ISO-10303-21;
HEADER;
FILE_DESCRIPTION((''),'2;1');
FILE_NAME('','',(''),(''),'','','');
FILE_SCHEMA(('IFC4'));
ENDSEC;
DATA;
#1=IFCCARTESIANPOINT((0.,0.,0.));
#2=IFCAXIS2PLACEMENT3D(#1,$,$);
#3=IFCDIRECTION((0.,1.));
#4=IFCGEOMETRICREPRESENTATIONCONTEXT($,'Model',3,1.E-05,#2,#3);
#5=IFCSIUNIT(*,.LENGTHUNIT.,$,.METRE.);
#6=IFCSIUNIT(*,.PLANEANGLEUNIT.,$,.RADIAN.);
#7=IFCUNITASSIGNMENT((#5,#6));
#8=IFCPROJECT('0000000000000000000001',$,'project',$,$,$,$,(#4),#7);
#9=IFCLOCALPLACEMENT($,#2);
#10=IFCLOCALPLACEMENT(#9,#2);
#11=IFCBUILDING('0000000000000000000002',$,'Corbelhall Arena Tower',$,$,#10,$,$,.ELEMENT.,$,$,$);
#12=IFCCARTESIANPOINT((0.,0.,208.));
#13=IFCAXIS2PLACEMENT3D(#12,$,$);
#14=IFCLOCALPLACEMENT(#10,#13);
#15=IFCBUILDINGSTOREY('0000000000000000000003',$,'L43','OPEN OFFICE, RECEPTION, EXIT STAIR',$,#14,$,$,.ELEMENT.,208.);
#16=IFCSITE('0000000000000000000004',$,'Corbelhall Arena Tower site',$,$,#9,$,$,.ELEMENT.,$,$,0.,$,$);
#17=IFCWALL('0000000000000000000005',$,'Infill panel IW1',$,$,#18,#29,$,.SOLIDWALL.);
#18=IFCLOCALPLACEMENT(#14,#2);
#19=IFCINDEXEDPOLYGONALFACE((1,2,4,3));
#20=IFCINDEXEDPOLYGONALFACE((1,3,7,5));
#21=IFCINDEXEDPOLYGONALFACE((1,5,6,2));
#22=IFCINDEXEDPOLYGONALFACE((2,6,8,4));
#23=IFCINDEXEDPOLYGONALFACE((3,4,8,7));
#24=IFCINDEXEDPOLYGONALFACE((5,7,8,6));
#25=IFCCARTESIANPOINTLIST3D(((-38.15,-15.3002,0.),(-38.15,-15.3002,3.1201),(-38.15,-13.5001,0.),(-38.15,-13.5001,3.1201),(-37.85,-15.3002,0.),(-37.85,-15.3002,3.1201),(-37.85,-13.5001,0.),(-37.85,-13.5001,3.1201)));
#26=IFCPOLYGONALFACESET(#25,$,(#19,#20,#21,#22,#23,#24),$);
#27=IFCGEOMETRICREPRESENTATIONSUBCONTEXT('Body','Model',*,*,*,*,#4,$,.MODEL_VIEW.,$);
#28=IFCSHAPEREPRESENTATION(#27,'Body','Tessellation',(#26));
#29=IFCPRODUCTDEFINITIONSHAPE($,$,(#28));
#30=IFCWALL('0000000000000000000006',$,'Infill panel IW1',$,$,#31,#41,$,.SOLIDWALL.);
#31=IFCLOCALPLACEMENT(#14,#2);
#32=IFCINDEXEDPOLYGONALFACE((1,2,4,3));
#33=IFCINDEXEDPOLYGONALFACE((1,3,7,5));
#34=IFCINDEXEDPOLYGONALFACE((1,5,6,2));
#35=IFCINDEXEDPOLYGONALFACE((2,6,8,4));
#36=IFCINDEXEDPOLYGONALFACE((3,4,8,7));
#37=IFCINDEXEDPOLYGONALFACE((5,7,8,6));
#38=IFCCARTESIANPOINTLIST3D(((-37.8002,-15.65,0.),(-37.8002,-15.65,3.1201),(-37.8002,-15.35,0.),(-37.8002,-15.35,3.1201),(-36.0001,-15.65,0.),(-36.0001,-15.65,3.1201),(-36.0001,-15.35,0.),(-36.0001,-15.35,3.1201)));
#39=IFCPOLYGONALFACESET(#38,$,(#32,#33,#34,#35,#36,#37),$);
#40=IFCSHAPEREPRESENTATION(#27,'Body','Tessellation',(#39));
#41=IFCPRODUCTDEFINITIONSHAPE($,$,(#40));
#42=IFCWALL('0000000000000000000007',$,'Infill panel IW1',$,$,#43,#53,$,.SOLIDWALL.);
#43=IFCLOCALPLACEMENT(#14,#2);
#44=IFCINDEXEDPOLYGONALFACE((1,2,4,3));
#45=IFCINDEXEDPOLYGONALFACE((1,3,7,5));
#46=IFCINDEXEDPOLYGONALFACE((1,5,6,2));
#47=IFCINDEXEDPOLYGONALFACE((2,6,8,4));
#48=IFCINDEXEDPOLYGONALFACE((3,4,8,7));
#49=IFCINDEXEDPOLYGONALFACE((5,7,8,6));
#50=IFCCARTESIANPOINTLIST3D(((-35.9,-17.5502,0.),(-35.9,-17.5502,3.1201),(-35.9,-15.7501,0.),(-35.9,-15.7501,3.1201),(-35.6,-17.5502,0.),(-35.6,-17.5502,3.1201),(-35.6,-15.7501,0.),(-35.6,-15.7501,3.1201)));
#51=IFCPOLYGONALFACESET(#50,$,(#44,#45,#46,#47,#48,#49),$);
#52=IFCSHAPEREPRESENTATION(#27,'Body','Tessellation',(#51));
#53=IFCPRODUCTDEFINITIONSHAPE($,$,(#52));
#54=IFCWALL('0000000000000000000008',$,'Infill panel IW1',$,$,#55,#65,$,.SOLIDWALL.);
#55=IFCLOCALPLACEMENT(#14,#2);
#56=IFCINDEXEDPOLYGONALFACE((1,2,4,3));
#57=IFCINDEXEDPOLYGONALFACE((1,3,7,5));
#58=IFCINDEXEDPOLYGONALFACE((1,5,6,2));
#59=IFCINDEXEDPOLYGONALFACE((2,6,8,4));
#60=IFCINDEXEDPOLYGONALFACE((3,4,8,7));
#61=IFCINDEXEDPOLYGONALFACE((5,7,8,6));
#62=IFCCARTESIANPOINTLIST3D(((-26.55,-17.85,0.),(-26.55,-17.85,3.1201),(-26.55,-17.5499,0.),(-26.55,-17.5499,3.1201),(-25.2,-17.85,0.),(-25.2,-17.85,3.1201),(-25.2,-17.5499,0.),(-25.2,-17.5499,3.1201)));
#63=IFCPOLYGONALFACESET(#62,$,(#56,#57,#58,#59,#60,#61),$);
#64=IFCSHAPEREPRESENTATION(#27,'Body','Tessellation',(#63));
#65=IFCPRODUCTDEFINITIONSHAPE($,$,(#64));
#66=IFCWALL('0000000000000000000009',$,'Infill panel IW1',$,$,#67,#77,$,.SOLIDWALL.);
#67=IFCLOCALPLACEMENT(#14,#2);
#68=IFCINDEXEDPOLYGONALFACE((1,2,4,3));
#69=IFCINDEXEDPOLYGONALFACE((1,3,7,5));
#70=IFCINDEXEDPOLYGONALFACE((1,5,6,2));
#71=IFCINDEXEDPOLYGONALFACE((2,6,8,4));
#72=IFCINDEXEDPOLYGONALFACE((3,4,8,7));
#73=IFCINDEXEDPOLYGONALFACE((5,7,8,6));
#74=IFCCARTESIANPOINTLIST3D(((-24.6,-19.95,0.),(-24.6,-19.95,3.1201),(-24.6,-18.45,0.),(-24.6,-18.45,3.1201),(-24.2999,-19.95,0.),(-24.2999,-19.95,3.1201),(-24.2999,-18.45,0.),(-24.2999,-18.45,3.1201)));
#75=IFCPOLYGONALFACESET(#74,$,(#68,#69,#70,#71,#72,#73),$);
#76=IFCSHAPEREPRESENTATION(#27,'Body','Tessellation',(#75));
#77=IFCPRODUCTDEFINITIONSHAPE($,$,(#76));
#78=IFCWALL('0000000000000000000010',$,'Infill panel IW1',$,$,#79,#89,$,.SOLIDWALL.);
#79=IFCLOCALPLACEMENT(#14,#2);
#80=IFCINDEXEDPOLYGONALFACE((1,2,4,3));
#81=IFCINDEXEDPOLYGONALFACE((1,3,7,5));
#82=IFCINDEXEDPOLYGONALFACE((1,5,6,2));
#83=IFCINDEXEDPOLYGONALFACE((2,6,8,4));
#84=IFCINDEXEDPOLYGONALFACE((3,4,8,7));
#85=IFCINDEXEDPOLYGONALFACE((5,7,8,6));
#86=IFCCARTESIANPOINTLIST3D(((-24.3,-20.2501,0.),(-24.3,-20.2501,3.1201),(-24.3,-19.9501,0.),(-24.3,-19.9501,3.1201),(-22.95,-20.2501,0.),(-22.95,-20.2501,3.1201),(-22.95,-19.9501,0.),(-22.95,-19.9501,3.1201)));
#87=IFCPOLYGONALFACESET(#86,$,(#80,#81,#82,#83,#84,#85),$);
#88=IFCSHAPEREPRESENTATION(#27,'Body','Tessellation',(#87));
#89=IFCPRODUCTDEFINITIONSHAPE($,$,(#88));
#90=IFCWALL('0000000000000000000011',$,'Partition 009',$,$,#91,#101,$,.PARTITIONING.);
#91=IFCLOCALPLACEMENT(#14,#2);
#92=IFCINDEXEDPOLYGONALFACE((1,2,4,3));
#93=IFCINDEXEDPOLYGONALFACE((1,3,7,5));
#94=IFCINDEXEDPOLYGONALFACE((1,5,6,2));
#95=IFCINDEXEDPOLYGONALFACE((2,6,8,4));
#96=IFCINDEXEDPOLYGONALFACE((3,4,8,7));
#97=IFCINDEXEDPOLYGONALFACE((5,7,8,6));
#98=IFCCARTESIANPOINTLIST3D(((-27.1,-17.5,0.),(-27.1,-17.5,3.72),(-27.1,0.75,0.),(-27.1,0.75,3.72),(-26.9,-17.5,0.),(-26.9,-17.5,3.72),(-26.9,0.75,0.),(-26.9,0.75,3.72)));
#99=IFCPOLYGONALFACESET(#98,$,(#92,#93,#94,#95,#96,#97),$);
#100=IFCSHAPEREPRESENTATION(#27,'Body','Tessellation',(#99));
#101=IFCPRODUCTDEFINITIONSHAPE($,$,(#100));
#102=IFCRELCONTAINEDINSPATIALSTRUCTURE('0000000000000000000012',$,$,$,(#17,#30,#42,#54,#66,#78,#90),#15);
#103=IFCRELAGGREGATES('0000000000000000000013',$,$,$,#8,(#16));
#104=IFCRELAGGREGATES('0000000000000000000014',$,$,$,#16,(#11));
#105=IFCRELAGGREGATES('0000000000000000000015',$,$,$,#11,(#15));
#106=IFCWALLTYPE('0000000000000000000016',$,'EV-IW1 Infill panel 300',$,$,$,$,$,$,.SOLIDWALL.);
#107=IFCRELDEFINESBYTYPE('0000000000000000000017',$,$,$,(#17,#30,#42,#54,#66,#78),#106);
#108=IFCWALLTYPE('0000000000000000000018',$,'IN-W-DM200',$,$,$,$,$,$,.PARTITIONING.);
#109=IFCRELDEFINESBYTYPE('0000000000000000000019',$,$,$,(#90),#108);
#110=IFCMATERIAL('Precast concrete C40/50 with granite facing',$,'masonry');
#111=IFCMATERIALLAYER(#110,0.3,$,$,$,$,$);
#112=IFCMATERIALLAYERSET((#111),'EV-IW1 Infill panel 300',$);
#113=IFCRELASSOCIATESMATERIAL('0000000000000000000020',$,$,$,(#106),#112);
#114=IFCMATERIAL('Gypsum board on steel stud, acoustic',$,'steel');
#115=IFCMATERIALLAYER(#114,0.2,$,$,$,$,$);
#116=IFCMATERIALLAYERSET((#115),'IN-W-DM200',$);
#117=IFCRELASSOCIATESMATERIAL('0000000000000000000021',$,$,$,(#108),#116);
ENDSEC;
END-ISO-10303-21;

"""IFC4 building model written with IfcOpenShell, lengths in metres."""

from ifc_helpers import new_model, si_unit, direction, frame, frame_2d, origin, place, context, subcontext, project, spatial, rectangle, extrude, material, layer, layer_set, type_object, element, save


model = new_model("IFC4")

# Units and contexts
model_context = context("Model", 3, precision=1e-05, world=origin(), true_north=direction((0.0, 1.0)))
body_context = subcontext(model_context, "Body", "Model", "MODEL_VIEW")
ifc_project = project(units=[si_unit("LENGTHUNIT", "METRE"), si_unit("PLANEANGLEUNIT", "RADIAN")], contexts=[model_context])

# Site, building, storey
site_placement = place(None, origin())
site = spatial("IfcSite", under=ifc_project, at=site_placement, Name="Corbelhall Arena Tower site", CompositionType="ELEMENT", RefElevation=0.0)
building_placement = place(site_placement, origin())
building = spatial("IfcBuilding", under=site, at=building_placement, Name="Corbelhall Arena Tower", CompositionType="ELEMENT")
storey_placement = place(building_placement, frame((0.0, 0.0, 208.0)))
storey = spatial("IfcBuildingStorey", under=building, at=storey_placement, Name="L43", Description="OPEN OFFICE, RECEPTION, EXIT STAIR", CompositionType="ELEMENT", Elevation=208.0)

# Walls
ifc_material_1 = material(Name="Precast concrete C40/50 with granite facing", Category="masonry")
ifc_layer_1 = layer(ifc_material_1, 0.3)
ifc_layer_set_1 = layer_set([ifc_layer_1], Name="EV-IW1 Infill panel 300")
wall_type_1 = type_object("IfcWallType", Name="EV-IW1 Infill panel 300", PredefinedType="SOLIDWALL", material=ifc_layer_set_1)
for number, where, z_axis, x_axis, name in (
    (1, (-38.0, -15.3, 0.0), (0.0, 0.0, 1.0), (0.0, 1.0, 0.0), "Infill panel IW1"),
    (2, (-37.8, -15.5, 0.0), (0.0, 0.0, 1.0), (1.0, 0.0, 0.0), "Infill panel IW1"),
    (3, (-35.75, -17.55, 0.0), (0.0, 0.0, 1.0), (0.0, 1.0, 0.0), "Infill panel IW1"),
):
    element("IfcWall", number, at=place(storey_placement, frame(where, z_axis=z_axis, x_axis=x_axis)), inside=storey, type_object=wall_type_1, Name=name, PredefinedType="SOLIDWALL", context=body_context, shape_type="SweptSolid", body=[
        extrude(rectangle(XDim=1.8, YDim=0.3, at=frame_2d((0.8999, 0.0))), origin(), (0.0, 0.0, 1.0), 3.1201),
    ])

# Walls
wall_1_placement = place(storey_placement, frame((-26.55, -17.7, 0.0), z_axis=(0.0, 0.0, 1.0), x_axis=(1.0, 0.0, 0.0)))
element("IfcWall", 4, at=wall_1_placement, inside=storey, type_object=wall_type_1, Name="Infill panel IW1", PredefinedType="SOLIDWALL", context=body_context, shape_type="SweptSolid", body=[
    extrude(rectangle(XDim=1.3501, YDim=0.3, at=frame_2d((0.675, 0.0))), origin(), (0.0, 0.0, 1.0), 3.1201),
])
wall_2_placement = place(storey_placement, frame((-24.45, -18.45, 0.0), z_axis=(0.0, 0.0, 1.0), x_axis=(0.0, -1.0, 0.0)))
element("IfcWall", 5, at=wall_2_placement, inside=storey, type_object=wall_type_1, Name="Infill panel IW1", PredefinedType="SOLIDWALL", context=body_context, shape_type="SweptSolid", body=[
    extrude(rectangle(XDim=1.5, YDim=0.3, at=frame_2d((0.75, 0.0))), origin(), (0.0, 0.0, 1.0), 3.1201),
])
wall_3_placement = place(storey_placement, frame((-24.3, -20.1001, 0.0), z_axis=(0.0, 0.0, 1.0), x_axis=(1.0, 0.0, 0.0)))
element("IfcWall", 6, at=wall_3_placement, inside=storey, type_object=wall_type_1, Name="Infill panel IW1", PredefinedType="SOLIDWALL", context=body_context, shape_type="SweptSolid", body=[
    extrude(rectangle(XDim=1.3501, YDim=0.3, at=frame_2d((0.675, 0.0))), origin(), (0.0, 0.0, 1.0), 3.1201),
])
ifc_material_2 = material(Name="Gypsum board on steel stud, acoustic", Category="steel")
ifc_layer_2 = layer(ifc_material_2, 0.2)
ifc_layer_set_2 = layer_set([ifc_layer_2], Name="IN-W-DM200")
wall_type_2 = type_object("IfcWallType", Name="IN-W-DM200", PredefinedType="PARTITIONING", material=ifc_layer_set_2)
wall_4_placement = place(storey_placement, frame((-27.0, -17.5, 0.0), z_axis=(0.0, 0.0, 1.0), x_axis=(0.0, 1.0, 0.0)))
element("IfcWall", 7, at=wall_4_placement, inside=storey, type_object=wall_type_2, Name="Partition 009", PredefinedType="PARTITIONING", context=body_context, shape_type="SweptSolid", body=[
    extrude(rectangle(XDim=18.25, YDim=0.2, at=frame_2d((9.125, 0.0))), origin(), (0.0, 0.0, 1.0), 3.72),
])

save(model, "model.ifc")
